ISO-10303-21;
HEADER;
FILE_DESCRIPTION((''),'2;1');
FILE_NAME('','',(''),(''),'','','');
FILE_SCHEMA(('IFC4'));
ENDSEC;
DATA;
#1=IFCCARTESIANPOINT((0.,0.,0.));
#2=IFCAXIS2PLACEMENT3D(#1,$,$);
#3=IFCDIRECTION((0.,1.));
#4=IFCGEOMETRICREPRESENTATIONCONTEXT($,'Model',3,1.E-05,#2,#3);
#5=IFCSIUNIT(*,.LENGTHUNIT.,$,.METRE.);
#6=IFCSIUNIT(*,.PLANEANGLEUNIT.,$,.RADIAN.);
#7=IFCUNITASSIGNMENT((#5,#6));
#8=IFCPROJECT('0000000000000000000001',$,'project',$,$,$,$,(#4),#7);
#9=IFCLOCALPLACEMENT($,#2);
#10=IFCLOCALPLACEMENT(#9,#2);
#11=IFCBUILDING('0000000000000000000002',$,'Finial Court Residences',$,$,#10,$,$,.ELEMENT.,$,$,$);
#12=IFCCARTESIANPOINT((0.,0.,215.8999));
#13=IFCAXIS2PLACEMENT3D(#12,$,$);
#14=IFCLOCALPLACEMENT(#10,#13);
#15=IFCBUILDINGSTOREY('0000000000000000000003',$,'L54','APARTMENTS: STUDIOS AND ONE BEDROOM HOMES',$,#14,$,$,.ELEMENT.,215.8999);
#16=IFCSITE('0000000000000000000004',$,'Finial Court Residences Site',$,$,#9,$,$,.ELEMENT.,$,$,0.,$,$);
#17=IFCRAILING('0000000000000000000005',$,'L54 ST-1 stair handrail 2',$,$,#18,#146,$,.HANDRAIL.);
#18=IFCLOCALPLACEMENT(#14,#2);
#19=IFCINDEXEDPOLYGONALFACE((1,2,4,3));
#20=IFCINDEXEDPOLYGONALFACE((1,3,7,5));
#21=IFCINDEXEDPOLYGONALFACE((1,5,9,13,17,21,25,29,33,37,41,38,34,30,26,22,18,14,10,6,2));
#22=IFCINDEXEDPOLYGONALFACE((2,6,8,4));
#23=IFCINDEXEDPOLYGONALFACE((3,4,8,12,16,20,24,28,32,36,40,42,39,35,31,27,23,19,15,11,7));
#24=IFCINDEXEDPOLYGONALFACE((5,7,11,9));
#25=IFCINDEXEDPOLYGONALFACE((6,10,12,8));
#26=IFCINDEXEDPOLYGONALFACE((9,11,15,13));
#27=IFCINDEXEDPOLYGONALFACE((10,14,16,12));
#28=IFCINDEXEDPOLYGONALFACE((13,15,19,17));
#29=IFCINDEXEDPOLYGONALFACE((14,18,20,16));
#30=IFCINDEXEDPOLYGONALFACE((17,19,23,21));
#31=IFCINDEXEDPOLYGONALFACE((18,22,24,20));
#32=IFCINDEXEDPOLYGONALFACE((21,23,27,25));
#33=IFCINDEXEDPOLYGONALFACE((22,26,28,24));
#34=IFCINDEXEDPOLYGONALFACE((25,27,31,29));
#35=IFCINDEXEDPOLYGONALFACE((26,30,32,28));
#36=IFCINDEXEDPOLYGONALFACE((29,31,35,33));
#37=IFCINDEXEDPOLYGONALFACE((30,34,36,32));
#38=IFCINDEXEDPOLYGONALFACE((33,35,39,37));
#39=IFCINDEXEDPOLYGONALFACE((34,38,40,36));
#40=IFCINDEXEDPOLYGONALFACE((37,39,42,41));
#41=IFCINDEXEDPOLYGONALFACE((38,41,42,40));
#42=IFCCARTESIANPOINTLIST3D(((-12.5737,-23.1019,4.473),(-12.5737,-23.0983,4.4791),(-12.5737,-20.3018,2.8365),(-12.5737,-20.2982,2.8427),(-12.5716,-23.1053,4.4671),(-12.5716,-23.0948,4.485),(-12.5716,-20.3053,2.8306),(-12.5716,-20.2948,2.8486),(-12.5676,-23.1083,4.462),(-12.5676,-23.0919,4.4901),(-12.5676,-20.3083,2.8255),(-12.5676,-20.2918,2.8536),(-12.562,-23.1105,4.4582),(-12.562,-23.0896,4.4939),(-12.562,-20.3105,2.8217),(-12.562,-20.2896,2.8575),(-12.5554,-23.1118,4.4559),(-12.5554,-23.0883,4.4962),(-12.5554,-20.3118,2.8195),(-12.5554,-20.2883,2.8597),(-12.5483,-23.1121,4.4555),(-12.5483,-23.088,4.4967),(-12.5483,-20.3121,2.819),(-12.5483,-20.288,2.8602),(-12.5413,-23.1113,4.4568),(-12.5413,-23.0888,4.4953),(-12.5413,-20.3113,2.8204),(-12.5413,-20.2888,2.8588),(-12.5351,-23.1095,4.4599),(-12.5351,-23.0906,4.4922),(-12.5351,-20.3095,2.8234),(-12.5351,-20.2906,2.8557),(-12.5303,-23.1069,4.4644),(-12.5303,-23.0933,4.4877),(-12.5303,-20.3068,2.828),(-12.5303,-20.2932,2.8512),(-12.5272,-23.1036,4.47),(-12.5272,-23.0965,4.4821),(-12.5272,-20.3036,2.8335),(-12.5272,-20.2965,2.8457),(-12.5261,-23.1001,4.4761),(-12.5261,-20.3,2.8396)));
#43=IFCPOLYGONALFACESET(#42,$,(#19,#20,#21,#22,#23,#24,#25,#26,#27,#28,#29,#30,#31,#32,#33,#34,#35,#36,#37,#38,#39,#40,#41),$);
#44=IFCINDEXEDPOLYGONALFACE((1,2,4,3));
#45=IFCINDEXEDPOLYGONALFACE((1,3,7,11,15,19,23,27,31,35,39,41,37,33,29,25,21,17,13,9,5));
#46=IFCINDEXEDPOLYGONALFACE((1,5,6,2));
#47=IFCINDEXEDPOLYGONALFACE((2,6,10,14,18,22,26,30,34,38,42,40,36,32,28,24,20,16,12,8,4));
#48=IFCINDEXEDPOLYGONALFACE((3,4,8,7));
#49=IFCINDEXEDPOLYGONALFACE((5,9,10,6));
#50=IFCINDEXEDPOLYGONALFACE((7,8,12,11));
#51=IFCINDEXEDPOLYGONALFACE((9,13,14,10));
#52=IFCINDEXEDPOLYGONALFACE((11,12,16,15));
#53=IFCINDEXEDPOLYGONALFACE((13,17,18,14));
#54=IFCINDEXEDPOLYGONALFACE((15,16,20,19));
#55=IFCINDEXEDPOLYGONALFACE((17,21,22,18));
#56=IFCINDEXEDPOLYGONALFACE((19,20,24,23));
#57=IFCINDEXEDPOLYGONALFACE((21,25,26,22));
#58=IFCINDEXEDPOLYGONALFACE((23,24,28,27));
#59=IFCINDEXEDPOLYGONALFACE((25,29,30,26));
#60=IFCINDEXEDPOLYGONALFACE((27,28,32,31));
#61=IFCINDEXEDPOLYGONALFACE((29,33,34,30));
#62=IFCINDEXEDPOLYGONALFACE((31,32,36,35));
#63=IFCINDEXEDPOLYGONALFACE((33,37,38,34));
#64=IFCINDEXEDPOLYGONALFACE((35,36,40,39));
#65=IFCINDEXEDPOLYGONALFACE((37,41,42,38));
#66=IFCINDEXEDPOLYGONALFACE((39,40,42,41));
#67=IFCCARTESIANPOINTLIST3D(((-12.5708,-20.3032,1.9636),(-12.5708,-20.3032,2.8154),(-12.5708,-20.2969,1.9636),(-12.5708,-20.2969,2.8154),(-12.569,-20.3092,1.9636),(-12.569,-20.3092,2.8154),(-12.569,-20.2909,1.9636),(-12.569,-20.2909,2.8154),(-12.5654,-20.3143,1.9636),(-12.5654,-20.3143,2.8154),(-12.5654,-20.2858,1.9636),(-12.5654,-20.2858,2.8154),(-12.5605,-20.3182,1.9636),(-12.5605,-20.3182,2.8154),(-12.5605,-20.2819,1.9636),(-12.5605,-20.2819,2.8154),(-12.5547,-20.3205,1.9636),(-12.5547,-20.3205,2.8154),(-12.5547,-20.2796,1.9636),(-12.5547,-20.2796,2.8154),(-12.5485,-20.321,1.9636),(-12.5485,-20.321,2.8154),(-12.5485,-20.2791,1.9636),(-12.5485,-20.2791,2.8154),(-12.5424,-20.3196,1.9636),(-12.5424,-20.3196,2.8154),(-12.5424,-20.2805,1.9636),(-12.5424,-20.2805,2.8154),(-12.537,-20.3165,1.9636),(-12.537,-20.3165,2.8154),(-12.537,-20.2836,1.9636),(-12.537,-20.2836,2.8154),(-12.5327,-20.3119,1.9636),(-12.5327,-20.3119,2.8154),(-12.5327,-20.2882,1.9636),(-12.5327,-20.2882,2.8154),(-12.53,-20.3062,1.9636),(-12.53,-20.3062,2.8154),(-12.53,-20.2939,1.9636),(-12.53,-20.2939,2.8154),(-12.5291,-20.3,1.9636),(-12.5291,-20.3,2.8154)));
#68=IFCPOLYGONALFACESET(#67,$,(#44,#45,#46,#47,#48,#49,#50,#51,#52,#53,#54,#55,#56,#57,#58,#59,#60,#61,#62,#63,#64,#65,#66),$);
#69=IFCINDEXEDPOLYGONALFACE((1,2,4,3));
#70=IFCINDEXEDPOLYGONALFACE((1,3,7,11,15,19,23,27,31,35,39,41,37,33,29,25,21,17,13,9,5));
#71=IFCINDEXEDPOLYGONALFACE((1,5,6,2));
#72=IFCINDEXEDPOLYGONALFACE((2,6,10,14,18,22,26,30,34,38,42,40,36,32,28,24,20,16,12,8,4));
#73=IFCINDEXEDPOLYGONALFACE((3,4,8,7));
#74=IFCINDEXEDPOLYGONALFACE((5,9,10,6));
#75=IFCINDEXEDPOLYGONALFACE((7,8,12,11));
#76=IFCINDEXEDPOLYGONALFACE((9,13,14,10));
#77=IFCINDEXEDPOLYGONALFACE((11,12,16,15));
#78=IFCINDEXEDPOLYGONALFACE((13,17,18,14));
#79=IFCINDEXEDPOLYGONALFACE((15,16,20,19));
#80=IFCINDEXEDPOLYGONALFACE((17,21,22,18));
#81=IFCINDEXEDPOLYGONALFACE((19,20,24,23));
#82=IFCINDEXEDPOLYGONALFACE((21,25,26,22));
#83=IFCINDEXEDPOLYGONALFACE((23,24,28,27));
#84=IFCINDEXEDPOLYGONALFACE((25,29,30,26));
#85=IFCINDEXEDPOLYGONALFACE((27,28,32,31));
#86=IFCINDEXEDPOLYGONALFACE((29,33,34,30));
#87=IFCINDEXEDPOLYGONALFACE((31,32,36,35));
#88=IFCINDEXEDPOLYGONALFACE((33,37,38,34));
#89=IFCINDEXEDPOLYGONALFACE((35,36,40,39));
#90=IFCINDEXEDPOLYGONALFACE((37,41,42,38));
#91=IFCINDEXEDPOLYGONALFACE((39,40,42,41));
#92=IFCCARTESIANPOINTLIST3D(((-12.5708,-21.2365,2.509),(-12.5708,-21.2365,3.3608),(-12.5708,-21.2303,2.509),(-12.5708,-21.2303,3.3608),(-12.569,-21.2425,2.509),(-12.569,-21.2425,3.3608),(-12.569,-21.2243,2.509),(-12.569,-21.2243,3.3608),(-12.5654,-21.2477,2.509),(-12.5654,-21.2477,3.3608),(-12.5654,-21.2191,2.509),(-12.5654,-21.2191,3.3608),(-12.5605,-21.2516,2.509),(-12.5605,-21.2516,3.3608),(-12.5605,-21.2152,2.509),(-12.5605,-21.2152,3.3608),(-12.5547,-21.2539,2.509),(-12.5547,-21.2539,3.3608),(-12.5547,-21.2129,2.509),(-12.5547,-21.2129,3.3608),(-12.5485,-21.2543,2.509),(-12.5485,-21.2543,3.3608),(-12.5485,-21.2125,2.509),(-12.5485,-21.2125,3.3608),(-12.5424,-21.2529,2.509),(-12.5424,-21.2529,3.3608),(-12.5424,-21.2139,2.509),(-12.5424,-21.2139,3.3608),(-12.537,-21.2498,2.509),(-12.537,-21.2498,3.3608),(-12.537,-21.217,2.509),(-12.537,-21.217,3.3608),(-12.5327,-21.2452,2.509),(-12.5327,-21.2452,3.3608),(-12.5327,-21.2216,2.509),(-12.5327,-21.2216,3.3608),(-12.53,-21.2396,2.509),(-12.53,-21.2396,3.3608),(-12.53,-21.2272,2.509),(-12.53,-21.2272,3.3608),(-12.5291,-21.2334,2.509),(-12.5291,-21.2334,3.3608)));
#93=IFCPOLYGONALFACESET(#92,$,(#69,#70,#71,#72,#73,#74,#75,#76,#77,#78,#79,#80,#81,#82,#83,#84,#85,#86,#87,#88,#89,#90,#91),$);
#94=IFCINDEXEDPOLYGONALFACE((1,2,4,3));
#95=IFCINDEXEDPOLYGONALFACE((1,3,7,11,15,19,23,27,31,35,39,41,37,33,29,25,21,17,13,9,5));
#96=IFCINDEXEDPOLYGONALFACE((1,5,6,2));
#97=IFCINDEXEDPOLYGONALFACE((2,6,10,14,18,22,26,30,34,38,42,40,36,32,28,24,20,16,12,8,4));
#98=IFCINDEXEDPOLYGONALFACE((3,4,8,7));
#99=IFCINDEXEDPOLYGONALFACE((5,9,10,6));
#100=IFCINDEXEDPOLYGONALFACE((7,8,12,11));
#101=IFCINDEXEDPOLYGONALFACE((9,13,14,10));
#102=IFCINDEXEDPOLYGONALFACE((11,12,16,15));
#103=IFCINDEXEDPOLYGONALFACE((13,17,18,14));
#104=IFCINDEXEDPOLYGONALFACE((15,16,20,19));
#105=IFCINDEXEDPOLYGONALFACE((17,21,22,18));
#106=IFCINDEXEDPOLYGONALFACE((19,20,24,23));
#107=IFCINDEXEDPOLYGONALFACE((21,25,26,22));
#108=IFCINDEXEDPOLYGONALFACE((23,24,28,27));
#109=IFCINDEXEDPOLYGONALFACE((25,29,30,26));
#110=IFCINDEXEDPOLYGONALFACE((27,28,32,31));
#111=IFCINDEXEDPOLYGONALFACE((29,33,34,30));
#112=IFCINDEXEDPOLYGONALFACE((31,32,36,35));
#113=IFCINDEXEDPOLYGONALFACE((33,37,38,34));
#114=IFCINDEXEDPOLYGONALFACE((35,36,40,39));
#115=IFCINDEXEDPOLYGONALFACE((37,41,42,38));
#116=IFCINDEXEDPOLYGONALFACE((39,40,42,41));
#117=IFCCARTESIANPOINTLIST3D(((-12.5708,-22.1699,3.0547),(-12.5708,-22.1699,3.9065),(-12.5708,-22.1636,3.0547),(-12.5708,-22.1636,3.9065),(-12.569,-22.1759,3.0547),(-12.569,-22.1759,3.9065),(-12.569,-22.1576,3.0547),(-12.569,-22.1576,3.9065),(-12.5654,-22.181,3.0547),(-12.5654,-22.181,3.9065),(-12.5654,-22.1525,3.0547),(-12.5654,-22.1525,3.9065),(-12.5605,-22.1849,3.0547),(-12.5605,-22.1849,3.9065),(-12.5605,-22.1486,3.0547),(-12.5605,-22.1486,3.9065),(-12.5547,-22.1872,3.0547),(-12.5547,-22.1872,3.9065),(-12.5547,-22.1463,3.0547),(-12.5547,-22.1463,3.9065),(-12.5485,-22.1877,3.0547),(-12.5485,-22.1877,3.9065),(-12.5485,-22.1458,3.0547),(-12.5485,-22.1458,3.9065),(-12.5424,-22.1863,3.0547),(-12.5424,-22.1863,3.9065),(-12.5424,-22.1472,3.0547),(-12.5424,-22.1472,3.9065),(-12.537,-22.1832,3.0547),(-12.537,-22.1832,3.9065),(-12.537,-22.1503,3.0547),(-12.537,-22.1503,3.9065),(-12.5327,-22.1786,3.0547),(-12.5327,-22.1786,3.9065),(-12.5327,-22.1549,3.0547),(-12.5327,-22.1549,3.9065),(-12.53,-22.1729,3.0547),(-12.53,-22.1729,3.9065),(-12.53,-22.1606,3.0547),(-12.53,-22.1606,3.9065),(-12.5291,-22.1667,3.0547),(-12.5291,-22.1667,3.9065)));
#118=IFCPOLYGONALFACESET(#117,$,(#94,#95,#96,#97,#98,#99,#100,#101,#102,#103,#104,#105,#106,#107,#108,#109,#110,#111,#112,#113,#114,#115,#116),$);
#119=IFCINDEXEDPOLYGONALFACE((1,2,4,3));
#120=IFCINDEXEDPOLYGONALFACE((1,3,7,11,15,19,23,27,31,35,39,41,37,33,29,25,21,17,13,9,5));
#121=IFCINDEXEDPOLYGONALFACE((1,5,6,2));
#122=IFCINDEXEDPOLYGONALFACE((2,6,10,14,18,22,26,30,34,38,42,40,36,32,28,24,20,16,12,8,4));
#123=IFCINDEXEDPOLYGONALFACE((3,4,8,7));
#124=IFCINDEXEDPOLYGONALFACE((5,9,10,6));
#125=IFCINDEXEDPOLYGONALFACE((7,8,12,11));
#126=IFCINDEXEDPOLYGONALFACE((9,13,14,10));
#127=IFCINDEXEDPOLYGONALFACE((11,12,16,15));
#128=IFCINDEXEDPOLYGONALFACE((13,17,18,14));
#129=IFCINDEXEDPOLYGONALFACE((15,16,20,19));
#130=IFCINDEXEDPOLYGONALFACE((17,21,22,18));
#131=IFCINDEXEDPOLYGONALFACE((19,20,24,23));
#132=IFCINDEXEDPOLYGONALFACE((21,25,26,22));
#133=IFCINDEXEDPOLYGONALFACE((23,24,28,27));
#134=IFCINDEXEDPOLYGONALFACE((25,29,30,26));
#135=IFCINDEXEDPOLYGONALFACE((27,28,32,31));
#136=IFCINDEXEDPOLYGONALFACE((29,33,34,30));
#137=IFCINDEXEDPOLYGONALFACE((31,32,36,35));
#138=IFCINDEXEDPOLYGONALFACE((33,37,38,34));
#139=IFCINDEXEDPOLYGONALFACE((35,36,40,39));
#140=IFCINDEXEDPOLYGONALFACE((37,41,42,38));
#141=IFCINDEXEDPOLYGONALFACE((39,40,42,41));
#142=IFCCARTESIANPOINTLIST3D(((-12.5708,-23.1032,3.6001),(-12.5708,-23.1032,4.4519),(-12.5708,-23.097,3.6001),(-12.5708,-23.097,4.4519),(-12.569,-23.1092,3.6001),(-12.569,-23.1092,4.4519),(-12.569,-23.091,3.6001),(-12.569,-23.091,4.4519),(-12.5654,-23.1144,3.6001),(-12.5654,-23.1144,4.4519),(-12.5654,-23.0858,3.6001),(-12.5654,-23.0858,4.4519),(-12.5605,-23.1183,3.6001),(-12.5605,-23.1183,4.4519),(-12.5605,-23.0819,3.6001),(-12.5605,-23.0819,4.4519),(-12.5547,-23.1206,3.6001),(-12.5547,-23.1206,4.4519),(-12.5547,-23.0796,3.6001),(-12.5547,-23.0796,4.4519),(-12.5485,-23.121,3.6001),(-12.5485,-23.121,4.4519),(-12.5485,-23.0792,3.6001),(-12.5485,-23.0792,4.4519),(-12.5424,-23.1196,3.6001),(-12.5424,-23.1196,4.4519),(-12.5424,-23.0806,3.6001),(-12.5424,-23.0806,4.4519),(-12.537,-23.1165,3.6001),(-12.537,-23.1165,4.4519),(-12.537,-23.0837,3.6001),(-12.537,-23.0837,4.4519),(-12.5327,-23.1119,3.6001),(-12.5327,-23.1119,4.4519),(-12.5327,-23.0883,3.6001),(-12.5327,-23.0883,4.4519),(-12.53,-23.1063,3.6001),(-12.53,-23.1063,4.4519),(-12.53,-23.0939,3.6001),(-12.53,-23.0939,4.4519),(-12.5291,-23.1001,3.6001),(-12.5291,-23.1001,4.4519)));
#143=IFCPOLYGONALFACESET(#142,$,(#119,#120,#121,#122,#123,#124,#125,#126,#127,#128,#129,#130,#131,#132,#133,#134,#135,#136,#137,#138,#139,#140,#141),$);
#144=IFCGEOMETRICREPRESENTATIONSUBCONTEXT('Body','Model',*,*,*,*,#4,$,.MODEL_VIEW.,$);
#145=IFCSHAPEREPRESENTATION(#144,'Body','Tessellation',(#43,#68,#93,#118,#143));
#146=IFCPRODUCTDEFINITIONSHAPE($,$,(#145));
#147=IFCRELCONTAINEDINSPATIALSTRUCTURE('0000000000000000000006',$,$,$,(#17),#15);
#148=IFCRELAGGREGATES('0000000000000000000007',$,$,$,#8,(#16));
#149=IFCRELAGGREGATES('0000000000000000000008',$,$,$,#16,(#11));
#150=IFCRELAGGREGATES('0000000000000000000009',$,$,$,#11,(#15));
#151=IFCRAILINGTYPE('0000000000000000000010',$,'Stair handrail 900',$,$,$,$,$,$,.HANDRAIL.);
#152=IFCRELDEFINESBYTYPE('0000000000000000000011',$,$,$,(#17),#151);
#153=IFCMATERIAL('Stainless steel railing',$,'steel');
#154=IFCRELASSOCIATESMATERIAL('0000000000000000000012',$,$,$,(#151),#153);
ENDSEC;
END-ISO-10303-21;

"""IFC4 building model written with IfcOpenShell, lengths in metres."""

from ifc_helpers import new_model, si_unit, direction, frame, origin, origin_2d, place, context, subcontext, project, spatial, circle, extrude, material, type_object, element, save


model = new_model("IFC4")

# Units and contexts
model_context = context("Model", 3, precision=1e-05, world=origin(), true_north=direction((0.0, 1.0)))
body_context = subcontext(model_context, "Body", "Model", "MODEL_VIEW")
ifc_project = project(units=[si_unit("LENGTHUNIT", "METRE"), si_unit("PLANEANGLEUNIT", "RADIAN")], contexts=[model_context])

# Site, building, storey
site_placement = place(None, origin())
site = spatial("IfcSite", under=ifc_project, at=site_placement, Name="Finial Court Residences Site", CompositionType="ELEMENT", RefElevation=0.0)
building_placement = place(site_placement, origin())
building = spatial("IfcBuilding", under=site, at=building_placement, Name="Finial Court Residences", CompositionType="ELEMENT")
storey_placement = place(building_placement, frame((0.0, 0.0, 215.8999)))
storey = spatial("IfcBuildingStorey", under=building, at=storey_placement, Name="L54", Description="APARTMENTS: STUDIOS AND ONE BEDROOM HOMES", CompositionType="ELEMENT", Elevation=215.8999)

# Railing
ifc_material_1 = material(Name="Stainless steel railing", Category="steel")
railing_type_1 = type_object("IfcRailingType", Name="Stair handrail 900", PredefinedType="HANDRAIL", material=ifc_material_1)
railing_1_placement = place(storey_placement, frame((-12.55, -20.3, 1.9636)))
element("IfcRailing", 1, at=railing_1_placement, inside=storey, type_object=railing_type_1, Name="L54 ST-1 stair handrail 2", PredefinedType="HANDRAIL", context=body_context, shape_type="SweptSolid", body=[
    extrude(circle(Radius=0.0239, at=origin_2d()), frame((0.0, 0.0, 0.876), z_axis=(0.0, -0.863361, 0.504587), x_axis=(1.0, 0.0, 0.0)), (0.0, 0.0, 1.0), 3.2432),
    extrude(circle(Radius=0.021, at=origin_2d()), origin(), (0.0, 0.0, 1.0), 0.8518),
    extrude(circle(Radius=0.021, at=origin_2d()), frame((0.0, -0.9333, 0.5454)), (0.0, 0.0, 1.0), 0.8518),
    extrude(circle(Radius=0.021, at=origin_2d()), frame((0.0, -1.8667, 1.0911)), (0.0, 0.0, 1.0), 0.8518),
    extrude(circle(Radius=0.021, at=origin_2d()), frame((0.0, -2.8, 1.6365)), (0.0, 0.0, 1.0), 0.8518),
])

save(model, "model.ifc")
